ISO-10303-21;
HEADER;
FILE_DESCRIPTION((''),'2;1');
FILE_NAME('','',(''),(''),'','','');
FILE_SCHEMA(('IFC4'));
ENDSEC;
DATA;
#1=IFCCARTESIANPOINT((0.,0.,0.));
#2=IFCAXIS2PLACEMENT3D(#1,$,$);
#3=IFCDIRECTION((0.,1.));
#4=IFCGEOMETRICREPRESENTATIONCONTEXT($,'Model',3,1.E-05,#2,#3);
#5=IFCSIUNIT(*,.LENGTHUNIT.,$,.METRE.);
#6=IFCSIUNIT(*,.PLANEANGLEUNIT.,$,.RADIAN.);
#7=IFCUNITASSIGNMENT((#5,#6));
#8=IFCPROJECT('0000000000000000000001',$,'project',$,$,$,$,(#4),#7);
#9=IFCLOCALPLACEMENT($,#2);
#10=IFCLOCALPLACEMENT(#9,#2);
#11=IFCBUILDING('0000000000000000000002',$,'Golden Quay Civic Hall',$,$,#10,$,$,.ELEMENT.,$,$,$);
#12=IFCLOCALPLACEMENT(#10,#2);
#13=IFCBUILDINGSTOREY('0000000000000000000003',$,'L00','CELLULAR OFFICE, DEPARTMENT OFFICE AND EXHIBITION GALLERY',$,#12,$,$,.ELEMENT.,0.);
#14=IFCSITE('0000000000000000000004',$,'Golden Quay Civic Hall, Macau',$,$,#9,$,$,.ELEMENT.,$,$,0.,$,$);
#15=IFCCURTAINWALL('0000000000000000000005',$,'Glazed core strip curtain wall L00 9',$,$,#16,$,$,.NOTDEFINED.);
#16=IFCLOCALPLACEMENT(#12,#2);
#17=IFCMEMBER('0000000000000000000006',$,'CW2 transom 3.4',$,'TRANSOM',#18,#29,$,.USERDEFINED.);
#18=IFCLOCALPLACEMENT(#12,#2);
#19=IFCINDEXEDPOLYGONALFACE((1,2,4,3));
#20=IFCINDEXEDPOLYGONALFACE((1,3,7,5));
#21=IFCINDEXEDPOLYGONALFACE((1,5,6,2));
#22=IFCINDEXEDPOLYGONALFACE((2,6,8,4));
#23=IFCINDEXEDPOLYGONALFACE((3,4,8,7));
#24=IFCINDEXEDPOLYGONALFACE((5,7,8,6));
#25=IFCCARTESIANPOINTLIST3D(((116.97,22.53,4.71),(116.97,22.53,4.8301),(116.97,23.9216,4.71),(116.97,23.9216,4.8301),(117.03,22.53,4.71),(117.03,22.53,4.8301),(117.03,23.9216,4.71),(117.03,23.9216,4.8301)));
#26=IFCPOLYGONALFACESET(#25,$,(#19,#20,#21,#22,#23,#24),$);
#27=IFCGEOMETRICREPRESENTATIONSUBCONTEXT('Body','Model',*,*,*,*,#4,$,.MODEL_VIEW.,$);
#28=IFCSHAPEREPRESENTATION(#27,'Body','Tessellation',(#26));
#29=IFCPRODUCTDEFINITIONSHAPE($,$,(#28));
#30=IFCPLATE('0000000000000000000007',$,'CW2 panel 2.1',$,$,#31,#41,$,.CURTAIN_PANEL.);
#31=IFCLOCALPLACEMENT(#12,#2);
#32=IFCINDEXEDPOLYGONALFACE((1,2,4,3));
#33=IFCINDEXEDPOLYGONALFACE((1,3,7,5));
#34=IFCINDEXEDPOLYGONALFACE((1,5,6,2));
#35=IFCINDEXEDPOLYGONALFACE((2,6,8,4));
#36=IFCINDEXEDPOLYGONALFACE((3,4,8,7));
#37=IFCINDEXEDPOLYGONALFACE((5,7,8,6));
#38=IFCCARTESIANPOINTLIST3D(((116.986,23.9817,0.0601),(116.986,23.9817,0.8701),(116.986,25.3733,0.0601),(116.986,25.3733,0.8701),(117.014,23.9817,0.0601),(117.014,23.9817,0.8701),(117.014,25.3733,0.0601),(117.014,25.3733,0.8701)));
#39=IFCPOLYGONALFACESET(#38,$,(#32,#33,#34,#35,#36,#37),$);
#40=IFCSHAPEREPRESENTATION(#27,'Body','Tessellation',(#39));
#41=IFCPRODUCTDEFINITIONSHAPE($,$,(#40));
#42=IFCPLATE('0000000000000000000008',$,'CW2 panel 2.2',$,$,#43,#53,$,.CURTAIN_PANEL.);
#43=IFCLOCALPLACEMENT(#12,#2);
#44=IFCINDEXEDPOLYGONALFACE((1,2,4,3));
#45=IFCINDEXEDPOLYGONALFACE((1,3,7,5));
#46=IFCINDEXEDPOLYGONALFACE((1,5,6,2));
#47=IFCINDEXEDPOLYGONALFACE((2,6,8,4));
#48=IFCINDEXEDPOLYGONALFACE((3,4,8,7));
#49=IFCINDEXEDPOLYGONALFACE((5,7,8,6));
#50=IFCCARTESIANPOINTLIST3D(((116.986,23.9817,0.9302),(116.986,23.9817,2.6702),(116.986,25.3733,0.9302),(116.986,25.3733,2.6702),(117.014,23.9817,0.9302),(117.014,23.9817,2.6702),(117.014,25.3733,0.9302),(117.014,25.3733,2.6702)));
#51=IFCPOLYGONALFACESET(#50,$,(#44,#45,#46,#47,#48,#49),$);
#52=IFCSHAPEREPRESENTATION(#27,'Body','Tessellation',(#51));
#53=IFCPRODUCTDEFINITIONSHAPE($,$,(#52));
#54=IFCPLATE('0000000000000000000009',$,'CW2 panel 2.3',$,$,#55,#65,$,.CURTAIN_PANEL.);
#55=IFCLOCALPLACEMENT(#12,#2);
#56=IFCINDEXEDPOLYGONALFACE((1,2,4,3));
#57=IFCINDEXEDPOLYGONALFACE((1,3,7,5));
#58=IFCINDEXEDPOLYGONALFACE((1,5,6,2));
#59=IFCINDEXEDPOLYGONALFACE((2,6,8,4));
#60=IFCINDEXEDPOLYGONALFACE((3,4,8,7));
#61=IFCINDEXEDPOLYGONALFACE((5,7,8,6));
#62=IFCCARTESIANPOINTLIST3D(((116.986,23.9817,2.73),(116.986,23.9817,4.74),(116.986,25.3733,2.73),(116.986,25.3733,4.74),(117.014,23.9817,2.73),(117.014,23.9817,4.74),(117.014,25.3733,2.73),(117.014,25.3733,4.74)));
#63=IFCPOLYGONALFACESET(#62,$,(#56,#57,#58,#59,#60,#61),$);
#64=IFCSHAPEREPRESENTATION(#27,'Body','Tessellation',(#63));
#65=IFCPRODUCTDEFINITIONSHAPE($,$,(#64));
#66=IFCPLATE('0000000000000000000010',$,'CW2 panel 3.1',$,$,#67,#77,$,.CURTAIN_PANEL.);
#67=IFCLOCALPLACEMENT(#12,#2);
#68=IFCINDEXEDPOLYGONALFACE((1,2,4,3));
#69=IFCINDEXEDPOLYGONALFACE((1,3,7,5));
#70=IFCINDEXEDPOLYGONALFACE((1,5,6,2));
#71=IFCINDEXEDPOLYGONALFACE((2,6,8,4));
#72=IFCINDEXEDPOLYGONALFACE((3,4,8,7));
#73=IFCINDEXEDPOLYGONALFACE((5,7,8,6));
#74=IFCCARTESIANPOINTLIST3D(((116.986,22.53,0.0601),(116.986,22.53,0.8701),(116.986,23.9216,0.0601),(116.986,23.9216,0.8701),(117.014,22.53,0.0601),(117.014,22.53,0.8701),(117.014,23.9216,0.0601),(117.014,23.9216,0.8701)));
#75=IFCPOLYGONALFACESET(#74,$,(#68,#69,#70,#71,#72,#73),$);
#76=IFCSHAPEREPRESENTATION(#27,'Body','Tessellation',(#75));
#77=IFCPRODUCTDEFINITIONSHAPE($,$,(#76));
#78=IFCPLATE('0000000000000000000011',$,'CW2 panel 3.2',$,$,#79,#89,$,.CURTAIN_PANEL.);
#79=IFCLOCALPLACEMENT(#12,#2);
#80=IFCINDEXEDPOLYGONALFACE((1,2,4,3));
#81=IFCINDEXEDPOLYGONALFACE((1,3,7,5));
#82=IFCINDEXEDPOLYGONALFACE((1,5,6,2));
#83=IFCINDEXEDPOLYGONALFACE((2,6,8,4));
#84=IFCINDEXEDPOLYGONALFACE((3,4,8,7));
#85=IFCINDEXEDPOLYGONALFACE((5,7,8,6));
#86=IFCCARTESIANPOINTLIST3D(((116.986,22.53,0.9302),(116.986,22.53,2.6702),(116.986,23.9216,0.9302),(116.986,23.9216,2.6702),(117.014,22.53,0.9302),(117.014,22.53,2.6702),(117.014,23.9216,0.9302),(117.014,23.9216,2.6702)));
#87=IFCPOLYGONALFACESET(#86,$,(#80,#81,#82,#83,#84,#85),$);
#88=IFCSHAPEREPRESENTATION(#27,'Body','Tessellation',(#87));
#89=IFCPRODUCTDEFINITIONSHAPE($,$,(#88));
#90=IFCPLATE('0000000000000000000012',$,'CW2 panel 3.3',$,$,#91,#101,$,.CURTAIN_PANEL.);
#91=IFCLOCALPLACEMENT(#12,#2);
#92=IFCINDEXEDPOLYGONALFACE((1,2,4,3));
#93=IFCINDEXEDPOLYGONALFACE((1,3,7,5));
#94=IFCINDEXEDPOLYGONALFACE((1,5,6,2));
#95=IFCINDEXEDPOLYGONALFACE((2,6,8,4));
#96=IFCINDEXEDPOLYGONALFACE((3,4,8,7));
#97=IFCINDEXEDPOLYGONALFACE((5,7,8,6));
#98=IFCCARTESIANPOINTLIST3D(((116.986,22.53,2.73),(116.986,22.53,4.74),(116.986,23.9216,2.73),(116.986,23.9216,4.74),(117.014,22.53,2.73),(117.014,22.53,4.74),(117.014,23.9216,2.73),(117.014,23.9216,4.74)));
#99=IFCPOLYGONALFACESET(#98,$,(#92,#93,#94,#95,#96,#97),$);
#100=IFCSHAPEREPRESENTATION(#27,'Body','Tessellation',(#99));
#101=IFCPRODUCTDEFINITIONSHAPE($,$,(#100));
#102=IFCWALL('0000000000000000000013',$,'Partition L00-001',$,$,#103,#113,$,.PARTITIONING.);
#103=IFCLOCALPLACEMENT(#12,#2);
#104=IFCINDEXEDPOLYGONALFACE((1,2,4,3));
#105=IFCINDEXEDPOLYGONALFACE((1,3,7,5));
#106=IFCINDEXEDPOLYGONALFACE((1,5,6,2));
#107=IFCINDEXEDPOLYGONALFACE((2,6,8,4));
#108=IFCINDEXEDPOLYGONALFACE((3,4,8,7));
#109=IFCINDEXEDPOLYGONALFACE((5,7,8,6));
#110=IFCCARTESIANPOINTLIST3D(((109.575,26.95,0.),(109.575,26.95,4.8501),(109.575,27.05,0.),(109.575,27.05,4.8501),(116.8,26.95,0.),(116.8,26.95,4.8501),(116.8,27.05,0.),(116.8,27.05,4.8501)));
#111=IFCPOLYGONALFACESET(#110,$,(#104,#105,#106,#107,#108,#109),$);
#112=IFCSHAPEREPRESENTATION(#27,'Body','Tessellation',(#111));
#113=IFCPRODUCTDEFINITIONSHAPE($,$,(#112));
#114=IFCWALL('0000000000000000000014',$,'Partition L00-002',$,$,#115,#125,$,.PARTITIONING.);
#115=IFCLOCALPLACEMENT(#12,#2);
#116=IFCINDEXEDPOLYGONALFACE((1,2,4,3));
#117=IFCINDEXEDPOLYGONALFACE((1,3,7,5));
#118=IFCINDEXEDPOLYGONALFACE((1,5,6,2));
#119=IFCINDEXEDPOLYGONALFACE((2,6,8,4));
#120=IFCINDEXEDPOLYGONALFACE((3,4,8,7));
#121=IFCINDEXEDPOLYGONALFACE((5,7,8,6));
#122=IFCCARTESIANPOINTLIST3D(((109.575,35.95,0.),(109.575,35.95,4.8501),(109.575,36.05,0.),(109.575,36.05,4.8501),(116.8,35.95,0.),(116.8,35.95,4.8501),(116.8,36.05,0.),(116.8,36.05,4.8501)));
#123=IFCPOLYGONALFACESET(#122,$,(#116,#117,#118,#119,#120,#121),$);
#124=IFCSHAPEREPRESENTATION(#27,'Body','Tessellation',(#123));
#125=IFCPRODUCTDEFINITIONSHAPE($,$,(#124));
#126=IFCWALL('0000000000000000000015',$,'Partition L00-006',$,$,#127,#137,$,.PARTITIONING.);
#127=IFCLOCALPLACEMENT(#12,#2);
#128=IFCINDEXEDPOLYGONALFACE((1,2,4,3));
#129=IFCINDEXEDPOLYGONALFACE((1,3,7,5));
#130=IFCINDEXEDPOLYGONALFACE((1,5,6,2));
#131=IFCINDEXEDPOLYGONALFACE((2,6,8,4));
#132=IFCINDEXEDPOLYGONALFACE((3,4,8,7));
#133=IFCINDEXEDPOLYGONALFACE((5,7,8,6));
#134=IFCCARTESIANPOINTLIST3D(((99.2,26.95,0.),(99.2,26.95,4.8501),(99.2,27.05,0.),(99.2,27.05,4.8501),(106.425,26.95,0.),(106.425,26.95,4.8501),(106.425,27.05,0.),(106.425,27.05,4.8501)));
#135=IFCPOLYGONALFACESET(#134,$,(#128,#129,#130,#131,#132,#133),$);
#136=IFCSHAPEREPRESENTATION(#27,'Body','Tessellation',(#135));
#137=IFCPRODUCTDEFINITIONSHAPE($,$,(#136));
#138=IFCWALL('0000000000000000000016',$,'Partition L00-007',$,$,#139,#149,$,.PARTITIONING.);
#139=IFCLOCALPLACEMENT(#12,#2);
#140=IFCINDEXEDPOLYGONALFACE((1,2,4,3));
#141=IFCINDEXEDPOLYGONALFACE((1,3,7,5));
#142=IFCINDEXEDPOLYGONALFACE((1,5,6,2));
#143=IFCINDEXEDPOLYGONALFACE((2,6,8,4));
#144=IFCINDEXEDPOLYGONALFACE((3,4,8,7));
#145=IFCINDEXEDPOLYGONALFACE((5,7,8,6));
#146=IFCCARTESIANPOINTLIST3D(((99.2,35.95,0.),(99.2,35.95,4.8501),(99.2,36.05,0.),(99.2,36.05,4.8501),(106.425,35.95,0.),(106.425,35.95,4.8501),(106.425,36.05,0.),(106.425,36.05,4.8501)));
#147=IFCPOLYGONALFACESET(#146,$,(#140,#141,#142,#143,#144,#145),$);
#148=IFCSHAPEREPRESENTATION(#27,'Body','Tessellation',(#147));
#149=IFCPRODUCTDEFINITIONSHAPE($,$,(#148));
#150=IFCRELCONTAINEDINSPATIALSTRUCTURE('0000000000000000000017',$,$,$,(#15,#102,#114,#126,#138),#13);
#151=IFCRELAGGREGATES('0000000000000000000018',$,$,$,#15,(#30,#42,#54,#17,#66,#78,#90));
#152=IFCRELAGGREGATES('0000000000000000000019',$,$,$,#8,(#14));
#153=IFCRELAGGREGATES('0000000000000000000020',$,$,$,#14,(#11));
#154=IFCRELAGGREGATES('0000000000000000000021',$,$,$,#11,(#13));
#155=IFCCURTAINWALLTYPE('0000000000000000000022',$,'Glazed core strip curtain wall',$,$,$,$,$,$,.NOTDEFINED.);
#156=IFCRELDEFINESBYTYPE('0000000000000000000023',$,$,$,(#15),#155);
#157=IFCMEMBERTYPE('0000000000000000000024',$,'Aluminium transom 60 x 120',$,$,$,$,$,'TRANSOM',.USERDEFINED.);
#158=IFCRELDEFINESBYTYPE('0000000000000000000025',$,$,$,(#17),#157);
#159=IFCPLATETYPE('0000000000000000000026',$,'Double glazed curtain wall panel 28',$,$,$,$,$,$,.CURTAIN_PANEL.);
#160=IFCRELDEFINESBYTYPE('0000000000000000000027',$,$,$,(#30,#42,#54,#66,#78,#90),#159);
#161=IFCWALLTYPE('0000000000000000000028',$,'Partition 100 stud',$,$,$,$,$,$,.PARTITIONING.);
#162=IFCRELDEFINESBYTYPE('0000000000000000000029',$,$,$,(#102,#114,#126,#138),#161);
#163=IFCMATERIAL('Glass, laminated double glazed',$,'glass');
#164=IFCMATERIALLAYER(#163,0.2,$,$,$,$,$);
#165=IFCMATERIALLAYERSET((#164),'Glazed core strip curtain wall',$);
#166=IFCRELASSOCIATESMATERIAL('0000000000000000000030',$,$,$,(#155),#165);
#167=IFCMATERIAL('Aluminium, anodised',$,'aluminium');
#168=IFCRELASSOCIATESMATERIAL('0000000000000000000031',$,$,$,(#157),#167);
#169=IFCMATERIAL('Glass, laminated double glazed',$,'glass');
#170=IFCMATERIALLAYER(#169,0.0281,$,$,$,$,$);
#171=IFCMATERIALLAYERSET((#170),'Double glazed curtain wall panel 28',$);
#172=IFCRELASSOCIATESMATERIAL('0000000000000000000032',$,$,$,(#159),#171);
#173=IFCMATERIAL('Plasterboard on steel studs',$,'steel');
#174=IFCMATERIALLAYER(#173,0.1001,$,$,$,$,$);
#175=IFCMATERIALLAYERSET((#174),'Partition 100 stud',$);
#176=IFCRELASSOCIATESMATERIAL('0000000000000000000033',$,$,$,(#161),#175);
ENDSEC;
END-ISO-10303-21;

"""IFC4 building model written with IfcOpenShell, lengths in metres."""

from ifc_helpers import new_model, si_unit, direction, frame, frame_2d, origin, origin_2d, place, context, subcontext, project, spatial, rectangle, extrude, material, layer, layer_set, material_profile, profile_set, type_object, element, aggregate, save


model = new_model("IFC4")

# Units and contexts
model_context = context("Model", 3, precision=1e-05, world=origin(), true_north=direction((0.0, 1.0)))
body_context = subcontext(model_context, "Body", "Model", "MODEL_VIEW")
ifc_project = project(units=[si_unit("LENGTHUNIT", "METRE"), si_unit("PLANEANGLEUNIT", "RADIAN")], contexts=[model_context])

# Site, building, storey
site_placement = place(None, origin())
site = spatial("IfcSite", under=ifc_project, at=site_placement, Name="Golden Quay Civic Hall, Macau", CompositionType="ELEMENT", RefElevation=0.0)
building_placement = place(site_placement, origin())
building = spatial("IfcBuilding", under=site, at=building_placement, Name="Golden Quay Civic Hall", CompositionType="ELEMENT")
storey_placement = place(building_placement, origin())
storey = spatial("IfcBuildingStorey", under=building, at=storey_placement, Name="L00", Description="CELLULAR OFFICE, DEPARTMENT OFFICE AND EXHIBITION GALLERY", CompositionType="ELEMENT", Elevation=0.0)

# Curtain wall, member, plates
ifc_material_1 = material(Name="Glass, laminated double glazed", Category="glass")
ifc_layer_1 = layer(ifc_material_1, 0.2)
ifc_layer_set_1 = layer_set([ifc_layer_1], Name="Glazed core strip curtain wall")
curtain_wall_type = type_object("IfcCurtainWallType", Name="Glazed core strip curtain wall", PredefinedType="NOTDEFINED", material=ifc_layer_set_1)
curtain_wall_placement = place(storey_placement, origin())
curtain_wall = element("IfcCurtainWall", 1, at=curtain_wall_placement, inside=storey, type_object=curtain_wall_type, Name="Glazed core strip curtain wall L00 9", PredefinedType="NOTDEFINED")
ifc_material_2 = material(Name="Aluminium, anodised", Category="aluminium")
ifc_material_profile_1 = material_profile(ifc_material_2, rectangle(XDim=0.0601, YDim=0.1201, at=origin_2d()), Name="Aluminium 60 x 120")
ifc_profile_set_1 = profile_set([ifc_material_profile_1], Name="Aluminium, anodised")
member_type_1 = type_object("IfcMemberType", Name="Aluminium transom 60 x 120", ElementType="TRANSOM", PredefinedType="USERDEFINED", material=ifc_profile_set_1)
member_1_placement = place(storey_placement, frame((117.0, 23.9216, 4.77), z_axis=(0.0, -1.0, 0.0), x_axis=(1.0, 0.0, 0.0)))
member_1 = element("IfcMember", 2, at=member_1_placement, type_object=member_type_1, Name="CW2 transom 3.4", ObjectType="TRANSOM", PredefinedType="USERDEFINED", context=body_context, shape_type="SweptSolid", body=[
    extrude(rectangle(XDim=0.0601, YDim=0.1201, at=origin_2d()), origin(), (0.0, 0.0, 1.0), 1.3916),
])
ifc_material_3 = material(Name="Glass, laminated double glazed", Category="glass")
ifc_layer_2 = layer(ifc_material_3, 0.0281)
ifc_layer_set_2 = layer_set([ifc_layer_2], Name="Double glazed curtain wall panel 28")
plate_type = type_object("IfcPlateType", Name="Double glazed curtain wall panel 28", PredefinedType="CURTAIN_PANEL", material=ifc_layer_set_2)
plate_1_placement = place(storey_placement, frame((117.0, 24.6775, 0.0601), z_axis=(0.0, 0.0, 1.0), x_axis=(0.0, -1.0, 0.0)))
plate_1 = element("IfcPlate", 3, at=plate_1_placement, type_object=plate_type, Name="CW2 panel 2.1", PredefinedType="CURTAIN_PANEL", context=body_context, shape_type="SweptSolid", body=[
    extrude(rectangle(XDim=1.3916, YDim=0.0281, at=origin_2d()), origin(), (0.0, 0.0, 1.0), 0.8101),
])
plate_2_placement = place(storey_placement, frame((117.0, 24.6775, 0.9302), z_axis=(0.0, 0.0, 1.0), x_axis=(0.0, -1.0, 0.0)))
plate_2 = element("IfcPlate", 4, at=plate_2_placement, type_object=plate_type, Name="CW2 panel 2.2", PredefinedType="CURTAIN_PANEL", context=body_context, shape_type="SweptSolid", body=[
    extrude(rectangle(XDim=1.3916, YDim=0.0281, at=origin_2d()), origin(), (0.0, 0.0, 1.0), 1.74),
])
plate_3_placement = place(storey_placement, frame((117.0, 24.6775, 2.73), z_axis=(0.0, 0.0, 1.0), x_axis=(0.0, -1.0, 0.0)))
plate_3 = element("IfcPlate", 5, at=plate_3_placement, type_object=plate_type, Name="CW2 panel 2.3", PredefinedType="CURTAIN_PANEL", context=body_context, shape_type="SweptSolid", body=[
    extrude(rectangle(XDim=1.3916, YDim=0.0281, at=origin_2d()), origin(), (0.0, 0.0, 1.0), 2.01),
])
plate_4_placement = place(storey_placement, frame((117.0, 23.2258, 0.0601), z_axis=(0.0, 0.0, 1.0), x_axis=(0.0, -1.0, 0.0)))
plate_4 = element("IfcPlate", 6, at=plate_4_placement, type_object=plate_type, Name="CW2 panel 3.1", PredefinedType="CURTAIN_PANEL", context=body_context, shape_type="SweptSolid", body=[
    extrude(rectangle(XDim=1.3916, YDim=0.0281, at=origin_2d()), origin(), (0.0, 0.0, 1.0), 0.8101),
])
plate_5_placement = place(storey_placement, frame((117.0, 23.2258, 0.9302), z_axis=(0.0, 0.0, 1.0), x_axis=(0.0, -1.0, 0.0)))
plate_5 = element("IfcPlate", 7, at=plate_5_placement, type_object=plate_type, Name="CW2 panel 3.2", PredefinedType="CURTAIN_PANEL", context=body_context, shape_type="SweptSolid", body=[
    extrude(rectangle(XDim=1.3916, YDim=0.0281, at=origin_2d()), origin(), (0.0, 0.0, 1.0), 1.74),
])
plate_6_placement = place(storey_placement, frame((117.0, 23.2258, 2.73), z_axis=(0.0, 0.0, 1.0), x_axis=(0.0, -1.0, 0.0)))
plate_6 = element("IfcPlate", 8, at=plate_6_placement, type_object=plate_type, Name="CW2 panel 3.3", PredefinedType="CURTAIN_PANEL", context=body_context, shape_type="SweptSolid", body=[
    extrude(rectangle(XDim=1.3916, YDim=0.0281, at=origin_2d()), origin(), (0.0, 0.0, 1.0), 2.01),
])
aggregate(curtain_wall, [plate_1, plate_2, plate_3, member_1, plate_4, plate_5, plate_6])

# Walls
ifc_material_4 = material(Name="Plasterboard on steel studs", Category="steel")
ifc_layer_3 = layer(ifc_material_4, 0.1001)
ifc_layer_set_3 = layer_set([ifc_layer_3], Name="Partition 100 stud")
wall_type = type_object("IfcWallType", Name="Partition 100 stud", PredefinedType="PARTITIONING", material=ifc_layer_set_3)
for number, where, z_axis, x_axis, name in (
    (9, (109.575, 27.0, 0.0), (0.0, 0.0, 1.0), (1.0, 0.0, 0.0), "Partition L00-001"),
    (10, (109.575, 36.0, 0.0), (0.0, 0.0, 1.0), (1.0, 0.0, 0.0), "Partition L00-002"),
    (11, (99.2, 27.0, 0.0), (0.0, 0.0, 1.0), (1.0, 0.0, 0.0), "Partition L00-006"),
    (12, (99.2, 36.0, 0.0), (0.0, 0.0, 1.0), (1.0, 0.0, 0.0), "Partition L00-007"),
):
    element("IfcWall", number, at=place(storey_placement, frame(where, z_axis=z_axis, x_axis=x_axis)), inside=storey, type_object=wall_type, Name=name, PredefinedType="PARTITIONING", context=body_context, shape_type="SweptSolid", body=[
        extrude(rectangle(XDim=7.2251, YDim=0.1001, at=frame_2d((3.6125, 0.0))), origin(), (0.0, 0.0, 1.0), 4.8501),
    ])

save(model, "model.ifc")
